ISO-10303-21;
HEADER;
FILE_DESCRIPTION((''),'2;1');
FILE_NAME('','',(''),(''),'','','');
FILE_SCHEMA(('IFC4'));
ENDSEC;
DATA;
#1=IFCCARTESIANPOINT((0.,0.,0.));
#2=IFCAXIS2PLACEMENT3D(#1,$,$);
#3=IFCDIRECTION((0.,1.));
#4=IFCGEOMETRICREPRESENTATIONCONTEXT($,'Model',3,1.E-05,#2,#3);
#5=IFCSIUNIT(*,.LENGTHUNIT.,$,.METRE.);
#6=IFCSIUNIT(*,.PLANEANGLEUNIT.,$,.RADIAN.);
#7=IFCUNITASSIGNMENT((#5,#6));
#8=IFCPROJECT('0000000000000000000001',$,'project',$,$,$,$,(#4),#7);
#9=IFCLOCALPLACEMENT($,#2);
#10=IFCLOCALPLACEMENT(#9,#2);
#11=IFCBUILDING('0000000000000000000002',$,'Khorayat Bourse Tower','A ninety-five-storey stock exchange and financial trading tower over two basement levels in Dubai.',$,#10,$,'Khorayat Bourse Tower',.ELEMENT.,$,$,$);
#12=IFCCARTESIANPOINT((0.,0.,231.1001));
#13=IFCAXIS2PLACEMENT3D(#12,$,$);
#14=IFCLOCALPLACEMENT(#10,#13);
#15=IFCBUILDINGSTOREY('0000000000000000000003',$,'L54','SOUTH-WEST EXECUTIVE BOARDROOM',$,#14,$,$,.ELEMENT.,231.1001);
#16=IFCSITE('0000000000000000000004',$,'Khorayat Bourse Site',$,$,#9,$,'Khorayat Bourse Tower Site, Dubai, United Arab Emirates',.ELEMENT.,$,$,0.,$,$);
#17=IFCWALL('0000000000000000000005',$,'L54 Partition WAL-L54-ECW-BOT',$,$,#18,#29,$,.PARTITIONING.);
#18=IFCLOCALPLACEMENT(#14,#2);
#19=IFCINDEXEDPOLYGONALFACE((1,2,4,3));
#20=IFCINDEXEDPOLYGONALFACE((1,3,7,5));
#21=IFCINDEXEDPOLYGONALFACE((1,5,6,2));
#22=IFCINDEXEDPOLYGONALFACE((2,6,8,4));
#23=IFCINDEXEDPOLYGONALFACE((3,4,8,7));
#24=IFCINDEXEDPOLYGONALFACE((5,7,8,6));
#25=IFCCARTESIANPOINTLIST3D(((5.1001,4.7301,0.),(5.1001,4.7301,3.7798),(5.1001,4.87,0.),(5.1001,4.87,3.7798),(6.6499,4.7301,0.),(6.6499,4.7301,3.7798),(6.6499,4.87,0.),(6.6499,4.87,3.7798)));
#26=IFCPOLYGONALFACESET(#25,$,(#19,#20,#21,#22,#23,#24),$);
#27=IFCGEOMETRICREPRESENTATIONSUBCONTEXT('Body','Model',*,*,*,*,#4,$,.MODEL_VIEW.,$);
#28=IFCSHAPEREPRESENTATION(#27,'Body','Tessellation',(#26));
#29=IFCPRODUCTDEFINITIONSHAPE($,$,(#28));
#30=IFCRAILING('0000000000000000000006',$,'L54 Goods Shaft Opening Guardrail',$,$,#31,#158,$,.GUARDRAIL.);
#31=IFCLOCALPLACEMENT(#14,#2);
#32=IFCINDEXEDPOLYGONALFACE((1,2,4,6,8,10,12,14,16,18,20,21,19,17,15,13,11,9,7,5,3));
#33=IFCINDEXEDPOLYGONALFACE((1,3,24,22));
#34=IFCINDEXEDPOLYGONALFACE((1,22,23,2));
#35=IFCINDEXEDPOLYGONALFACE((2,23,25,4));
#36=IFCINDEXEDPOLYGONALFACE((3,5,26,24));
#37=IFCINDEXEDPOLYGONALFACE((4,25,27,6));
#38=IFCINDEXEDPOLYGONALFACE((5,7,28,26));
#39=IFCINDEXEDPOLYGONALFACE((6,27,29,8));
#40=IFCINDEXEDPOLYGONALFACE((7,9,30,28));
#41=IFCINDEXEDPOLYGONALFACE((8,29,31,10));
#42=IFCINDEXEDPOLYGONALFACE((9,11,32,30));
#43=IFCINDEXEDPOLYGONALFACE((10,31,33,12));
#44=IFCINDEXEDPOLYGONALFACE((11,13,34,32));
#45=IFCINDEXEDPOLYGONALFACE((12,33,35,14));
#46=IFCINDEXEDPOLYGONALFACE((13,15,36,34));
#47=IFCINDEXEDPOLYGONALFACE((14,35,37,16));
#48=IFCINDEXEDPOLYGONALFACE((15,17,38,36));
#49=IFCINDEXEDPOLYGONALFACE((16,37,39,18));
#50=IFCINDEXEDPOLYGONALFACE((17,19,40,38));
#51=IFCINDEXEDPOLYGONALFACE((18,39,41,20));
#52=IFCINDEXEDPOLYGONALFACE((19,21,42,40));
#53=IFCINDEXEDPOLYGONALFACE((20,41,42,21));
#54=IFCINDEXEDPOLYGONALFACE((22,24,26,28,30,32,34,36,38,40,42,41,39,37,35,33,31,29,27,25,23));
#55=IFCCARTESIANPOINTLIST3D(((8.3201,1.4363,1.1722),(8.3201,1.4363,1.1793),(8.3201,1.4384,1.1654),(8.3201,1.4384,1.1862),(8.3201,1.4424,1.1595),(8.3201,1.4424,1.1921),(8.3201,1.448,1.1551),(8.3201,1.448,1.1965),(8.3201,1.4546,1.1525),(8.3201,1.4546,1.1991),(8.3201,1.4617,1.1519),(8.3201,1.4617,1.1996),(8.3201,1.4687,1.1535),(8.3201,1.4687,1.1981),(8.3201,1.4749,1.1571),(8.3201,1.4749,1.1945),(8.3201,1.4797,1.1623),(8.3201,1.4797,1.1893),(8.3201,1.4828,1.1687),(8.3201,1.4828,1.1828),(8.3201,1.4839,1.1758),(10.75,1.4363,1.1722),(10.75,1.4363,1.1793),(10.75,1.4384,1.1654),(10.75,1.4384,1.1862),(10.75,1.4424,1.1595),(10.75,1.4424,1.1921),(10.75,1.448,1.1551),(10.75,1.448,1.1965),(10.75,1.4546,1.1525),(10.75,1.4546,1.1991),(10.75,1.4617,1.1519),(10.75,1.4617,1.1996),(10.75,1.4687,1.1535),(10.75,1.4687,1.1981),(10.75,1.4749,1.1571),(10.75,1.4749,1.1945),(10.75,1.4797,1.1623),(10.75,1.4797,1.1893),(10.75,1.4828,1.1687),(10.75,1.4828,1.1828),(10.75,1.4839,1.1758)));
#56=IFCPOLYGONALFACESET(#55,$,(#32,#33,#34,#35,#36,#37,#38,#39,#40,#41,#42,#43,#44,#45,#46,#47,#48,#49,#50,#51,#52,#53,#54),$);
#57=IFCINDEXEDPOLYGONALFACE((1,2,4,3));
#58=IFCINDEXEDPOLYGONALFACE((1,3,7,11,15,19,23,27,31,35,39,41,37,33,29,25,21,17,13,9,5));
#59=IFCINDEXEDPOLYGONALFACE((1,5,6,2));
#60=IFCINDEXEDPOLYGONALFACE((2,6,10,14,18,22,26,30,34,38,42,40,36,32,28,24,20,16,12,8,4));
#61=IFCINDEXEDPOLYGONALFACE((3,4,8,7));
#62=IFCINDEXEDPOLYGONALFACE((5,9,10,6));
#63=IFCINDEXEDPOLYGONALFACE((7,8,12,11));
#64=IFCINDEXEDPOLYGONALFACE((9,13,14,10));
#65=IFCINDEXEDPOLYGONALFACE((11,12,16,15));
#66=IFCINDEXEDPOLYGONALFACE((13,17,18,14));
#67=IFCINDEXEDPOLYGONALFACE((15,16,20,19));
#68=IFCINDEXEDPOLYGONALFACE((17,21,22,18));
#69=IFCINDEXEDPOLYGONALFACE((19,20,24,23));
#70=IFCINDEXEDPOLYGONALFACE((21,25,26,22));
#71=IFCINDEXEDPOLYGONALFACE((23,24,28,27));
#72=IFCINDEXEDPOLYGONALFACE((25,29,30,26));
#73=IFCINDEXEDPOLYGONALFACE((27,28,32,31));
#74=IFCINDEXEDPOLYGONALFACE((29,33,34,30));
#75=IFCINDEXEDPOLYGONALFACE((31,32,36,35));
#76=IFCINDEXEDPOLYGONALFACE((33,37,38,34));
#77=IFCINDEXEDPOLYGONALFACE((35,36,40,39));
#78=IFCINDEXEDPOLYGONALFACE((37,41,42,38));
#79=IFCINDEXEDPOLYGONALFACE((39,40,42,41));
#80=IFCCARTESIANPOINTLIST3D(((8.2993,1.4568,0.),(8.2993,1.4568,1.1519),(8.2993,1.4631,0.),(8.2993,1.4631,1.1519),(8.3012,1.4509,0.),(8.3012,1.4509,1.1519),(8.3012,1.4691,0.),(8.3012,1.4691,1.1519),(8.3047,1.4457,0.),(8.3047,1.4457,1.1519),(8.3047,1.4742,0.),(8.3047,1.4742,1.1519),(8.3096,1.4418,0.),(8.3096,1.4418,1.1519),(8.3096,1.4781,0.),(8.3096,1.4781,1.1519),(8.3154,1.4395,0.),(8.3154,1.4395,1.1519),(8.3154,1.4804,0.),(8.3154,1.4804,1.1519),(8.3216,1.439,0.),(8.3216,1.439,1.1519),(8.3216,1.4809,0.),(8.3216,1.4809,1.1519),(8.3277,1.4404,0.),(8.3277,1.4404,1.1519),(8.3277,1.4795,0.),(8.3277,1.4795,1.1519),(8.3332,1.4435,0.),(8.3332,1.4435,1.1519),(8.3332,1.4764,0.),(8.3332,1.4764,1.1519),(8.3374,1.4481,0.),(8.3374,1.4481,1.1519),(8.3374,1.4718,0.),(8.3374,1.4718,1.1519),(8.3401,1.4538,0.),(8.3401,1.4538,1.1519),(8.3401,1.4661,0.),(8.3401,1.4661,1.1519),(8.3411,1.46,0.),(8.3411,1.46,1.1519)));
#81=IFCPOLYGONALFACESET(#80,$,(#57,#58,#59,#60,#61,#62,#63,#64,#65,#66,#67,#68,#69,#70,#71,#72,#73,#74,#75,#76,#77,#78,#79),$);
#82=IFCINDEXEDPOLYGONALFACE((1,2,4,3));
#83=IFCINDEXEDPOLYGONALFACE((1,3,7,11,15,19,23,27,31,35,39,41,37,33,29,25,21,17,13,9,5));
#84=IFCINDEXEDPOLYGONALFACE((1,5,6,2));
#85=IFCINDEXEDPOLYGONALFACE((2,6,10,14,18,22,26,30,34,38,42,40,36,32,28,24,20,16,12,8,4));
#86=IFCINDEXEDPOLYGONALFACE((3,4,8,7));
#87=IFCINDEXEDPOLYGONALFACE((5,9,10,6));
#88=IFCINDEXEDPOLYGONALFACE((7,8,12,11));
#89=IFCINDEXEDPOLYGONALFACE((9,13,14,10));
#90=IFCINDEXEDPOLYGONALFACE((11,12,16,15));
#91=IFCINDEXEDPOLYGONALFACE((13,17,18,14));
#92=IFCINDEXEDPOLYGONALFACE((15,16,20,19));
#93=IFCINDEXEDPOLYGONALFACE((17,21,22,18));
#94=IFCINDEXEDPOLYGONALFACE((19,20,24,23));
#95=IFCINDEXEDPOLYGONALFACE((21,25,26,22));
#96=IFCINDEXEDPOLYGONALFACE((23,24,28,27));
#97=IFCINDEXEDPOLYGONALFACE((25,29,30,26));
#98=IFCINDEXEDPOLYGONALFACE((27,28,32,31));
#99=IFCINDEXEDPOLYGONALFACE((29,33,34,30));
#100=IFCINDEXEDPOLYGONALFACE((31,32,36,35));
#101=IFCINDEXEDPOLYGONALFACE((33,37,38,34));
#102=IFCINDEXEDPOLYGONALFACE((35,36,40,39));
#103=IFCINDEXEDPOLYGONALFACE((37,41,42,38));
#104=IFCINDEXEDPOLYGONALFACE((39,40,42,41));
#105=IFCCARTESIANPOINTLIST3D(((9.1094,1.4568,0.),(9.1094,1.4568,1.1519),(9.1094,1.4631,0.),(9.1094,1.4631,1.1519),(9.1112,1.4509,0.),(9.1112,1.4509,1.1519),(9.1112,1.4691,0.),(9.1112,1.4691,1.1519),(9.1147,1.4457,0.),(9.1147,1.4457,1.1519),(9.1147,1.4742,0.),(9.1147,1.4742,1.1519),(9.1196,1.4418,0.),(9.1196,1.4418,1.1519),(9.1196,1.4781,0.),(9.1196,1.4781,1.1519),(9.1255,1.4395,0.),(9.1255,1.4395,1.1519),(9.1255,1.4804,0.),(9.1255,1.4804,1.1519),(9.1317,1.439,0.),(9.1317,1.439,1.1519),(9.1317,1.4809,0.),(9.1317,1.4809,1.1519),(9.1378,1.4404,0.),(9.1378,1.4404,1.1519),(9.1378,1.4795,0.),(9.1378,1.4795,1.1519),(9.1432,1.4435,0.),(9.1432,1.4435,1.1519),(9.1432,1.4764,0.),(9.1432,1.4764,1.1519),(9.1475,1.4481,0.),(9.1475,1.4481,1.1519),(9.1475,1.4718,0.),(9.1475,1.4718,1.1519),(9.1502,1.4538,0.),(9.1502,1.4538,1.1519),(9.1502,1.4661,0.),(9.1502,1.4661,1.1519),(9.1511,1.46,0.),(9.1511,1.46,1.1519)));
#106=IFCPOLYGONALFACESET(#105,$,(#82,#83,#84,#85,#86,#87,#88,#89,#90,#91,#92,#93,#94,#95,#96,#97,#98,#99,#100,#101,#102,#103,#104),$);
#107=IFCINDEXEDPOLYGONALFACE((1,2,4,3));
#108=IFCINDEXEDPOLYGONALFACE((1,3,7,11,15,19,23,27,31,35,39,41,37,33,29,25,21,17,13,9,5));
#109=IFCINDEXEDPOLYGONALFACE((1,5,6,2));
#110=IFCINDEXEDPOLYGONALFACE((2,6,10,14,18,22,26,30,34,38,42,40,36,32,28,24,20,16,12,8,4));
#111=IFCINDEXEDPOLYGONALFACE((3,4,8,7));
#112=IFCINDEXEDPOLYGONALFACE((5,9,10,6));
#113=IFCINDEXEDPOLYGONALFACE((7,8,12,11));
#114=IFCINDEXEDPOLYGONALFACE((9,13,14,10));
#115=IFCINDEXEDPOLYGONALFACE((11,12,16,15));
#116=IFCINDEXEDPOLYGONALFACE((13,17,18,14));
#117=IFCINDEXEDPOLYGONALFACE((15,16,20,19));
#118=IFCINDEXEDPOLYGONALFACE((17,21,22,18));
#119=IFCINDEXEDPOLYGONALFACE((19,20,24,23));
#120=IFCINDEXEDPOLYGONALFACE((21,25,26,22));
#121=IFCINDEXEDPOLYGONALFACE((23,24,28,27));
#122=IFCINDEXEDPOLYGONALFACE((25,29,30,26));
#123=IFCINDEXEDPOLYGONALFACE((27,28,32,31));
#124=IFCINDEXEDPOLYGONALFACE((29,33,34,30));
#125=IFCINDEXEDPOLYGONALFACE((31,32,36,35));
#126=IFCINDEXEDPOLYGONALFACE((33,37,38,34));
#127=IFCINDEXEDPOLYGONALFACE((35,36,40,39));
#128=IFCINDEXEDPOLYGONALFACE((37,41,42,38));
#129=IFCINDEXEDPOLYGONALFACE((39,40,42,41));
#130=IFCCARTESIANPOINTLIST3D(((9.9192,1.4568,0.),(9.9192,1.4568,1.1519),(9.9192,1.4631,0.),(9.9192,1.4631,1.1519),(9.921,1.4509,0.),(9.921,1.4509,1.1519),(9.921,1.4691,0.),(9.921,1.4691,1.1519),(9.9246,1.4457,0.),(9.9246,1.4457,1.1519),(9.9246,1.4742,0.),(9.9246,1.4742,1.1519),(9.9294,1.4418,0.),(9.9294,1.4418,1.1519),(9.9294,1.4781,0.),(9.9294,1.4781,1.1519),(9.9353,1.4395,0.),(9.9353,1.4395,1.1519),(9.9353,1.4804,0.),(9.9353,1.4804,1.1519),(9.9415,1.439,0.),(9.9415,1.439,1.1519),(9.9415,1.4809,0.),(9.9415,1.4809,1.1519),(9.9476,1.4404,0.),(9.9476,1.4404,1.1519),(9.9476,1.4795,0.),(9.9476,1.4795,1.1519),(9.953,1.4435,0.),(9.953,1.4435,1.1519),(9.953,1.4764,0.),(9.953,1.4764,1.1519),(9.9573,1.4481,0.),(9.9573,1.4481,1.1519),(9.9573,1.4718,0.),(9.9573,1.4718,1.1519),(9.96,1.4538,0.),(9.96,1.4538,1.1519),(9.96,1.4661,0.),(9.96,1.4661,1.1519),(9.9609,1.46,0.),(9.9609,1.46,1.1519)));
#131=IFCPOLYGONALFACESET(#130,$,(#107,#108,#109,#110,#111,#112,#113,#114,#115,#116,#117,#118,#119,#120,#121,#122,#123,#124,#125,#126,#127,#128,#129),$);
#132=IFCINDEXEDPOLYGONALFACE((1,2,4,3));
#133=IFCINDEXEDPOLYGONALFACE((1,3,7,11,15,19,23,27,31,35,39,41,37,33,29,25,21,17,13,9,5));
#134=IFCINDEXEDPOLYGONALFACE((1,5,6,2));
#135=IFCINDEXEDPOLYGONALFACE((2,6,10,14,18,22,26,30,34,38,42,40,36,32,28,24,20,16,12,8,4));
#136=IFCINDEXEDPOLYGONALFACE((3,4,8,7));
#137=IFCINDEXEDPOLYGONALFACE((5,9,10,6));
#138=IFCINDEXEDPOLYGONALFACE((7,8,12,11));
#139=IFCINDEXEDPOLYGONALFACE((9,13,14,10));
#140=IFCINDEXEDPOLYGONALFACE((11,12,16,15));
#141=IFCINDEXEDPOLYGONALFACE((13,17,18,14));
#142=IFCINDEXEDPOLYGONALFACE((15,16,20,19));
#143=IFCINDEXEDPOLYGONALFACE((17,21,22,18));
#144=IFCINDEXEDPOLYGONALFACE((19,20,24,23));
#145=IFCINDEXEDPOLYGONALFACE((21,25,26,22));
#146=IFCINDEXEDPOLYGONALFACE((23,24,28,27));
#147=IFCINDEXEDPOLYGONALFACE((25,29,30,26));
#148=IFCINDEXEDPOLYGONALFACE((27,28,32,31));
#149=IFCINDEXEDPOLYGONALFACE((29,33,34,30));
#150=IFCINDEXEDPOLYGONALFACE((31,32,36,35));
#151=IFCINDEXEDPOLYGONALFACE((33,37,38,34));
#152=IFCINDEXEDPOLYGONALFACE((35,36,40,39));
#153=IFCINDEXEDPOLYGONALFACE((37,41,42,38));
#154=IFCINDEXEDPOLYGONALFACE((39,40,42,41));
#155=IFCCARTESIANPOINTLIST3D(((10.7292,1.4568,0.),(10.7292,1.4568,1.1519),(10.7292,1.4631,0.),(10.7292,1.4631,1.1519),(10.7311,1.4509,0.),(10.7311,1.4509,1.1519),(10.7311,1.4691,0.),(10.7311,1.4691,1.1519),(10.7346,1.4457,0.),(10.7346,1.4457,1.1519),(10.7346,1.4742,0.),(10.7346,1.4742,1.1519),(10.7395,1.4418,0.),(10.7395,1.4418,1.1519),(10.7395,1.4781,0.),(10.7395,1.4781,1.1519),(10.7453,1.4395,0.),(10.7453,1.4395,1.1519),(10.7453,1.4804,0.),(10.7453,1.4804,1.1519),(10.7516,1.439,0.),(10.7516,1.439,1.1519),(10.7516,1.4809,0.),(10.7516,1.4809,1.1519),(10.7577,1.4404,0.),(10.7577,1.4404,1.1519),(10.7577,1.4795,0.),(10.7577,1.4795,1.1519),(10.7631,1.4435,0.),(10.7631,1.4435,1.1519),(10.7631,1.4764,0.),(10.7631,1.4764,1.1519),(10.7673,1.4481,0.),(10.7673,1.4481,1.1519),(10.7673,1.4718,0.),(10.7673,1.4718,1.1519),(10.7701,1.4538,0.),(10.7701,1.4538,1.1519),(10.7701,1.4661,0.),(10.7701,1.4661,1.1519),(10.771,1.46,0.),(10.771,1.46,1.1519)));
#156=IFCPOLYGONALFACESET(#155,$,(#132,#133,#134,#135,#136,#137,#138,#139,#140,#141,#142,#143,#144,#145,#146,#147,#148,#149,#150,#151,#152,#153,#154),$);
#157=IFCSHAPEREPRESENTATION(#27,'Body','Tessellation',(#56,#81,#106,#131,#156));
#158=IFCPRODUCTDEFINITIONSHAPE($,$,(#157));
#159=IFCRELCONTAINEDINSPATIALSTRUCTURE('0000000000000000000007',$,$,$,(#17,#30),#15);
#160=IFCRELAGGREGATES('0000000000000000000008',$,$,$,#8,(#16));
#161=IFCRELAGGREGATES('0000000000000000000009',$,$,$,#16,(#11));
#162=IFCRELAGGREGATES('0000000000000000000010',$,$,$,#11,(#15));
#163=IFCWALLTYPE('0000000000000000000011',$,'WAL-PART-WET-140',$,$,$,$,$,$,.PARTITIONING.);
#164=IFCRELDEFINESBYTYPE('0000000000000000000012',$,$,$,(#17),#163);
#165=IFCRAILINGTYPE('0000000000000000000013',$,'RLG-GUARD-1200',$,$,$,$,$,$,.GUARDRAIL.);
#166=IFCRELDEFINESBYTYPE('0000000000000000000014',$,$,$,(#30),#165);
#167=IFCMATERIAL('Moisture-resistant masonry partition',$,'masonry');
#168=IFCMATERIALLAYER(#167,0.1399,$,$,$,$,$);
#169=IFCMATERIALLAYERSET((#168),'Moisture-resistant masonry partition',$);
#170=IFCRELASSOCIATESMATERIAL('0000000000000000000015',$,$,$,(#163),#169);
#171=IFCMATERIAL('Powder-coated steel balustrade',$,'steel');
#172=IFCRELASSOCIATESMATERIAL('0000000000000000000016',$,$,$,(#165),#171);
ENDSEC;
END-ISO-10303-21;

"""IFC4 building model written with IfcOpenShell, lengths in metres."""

from ifc_helpers import new_model, si_unit, direction, frame, frame_2d, origin, origin_2d, place, context, subcontext, project, spatial, rectangle, circle, extrude, source, transform, mapped, material, layer, layer_set, type_object, element, save


model = new_model("IFC4")

# Units and contexts
model_context = context("Model", 3, precision=1e-05, world=origin(), true_north=direction((0.0, 1.0)))
body_context = subcontext(model_context, "Body", "Model", "MODEL_VIEW")
ifc_project = project(units=[si_unit("LENGTHUNIT", "METRE"), si_unit("PLANEANGLEUNIT", "RADIAN")], contexts=[model_context])

# Site, building, storey
site_placement = place(None, origin())
site = spatial("IfcSite", under=ifc_project, at=site_placement, Name="Khorayat Bourse Site", LongName="Khorayat Bourse Tower Site, Dubai, United Arab Emirates", CompositionType="ELEMENT", RefElevation=0.0)
building_placement = place(site_placement, origin())
building = spatial("IfcBuilding", under=site, at=building_placement, Name="Khorayat Bourse Tower", Description="A ninety-five-storey stock exchange and financial trading tower over two basement levels in Dubai.", LongName="Khorayat Bourse Tower", CompositionType="ELEMENT")
storey_placement = place(building_placement, frame((0.0, 0.0, 231.1001)))
storey = spatial("IfcBuildingStorey", under=building, at=storey_placement, Name="L54", Description="SOUTH-WEST EXECUTIVE BOARDROOM", CompositionType="ELEMENT", Elevation=231.1001)

# Shared definitions
ifc_material_1 = material(Name="Moisture-resistant masonry partition", Category="masonry")
ifc_layer_1 = layer(ifc_material_1, 0.1399)
ifc_layer_set_1 = layer_set([ifc_layer_1], Name="Moisture-resistant masonry partition")
wall_type_1 = type_object("IfcWallType", Name="WAL-PART-WET-140", PredefinedType="PARTITIONING", material=ifc_layer_set_1)

# Wall
shared_shape_1 = source(origin(), body_context, "Body", "SweptSolid", [
    extrude(rectangle(XDim=1.5498, YDim=0.1399, at=frame_2d((0.7749, 0.0))), origin(), (0.0, 0.0, 1.0), 3.7798),
])
wall_1_placement = place(storey_placement, frame((5.1001, 4.8, 0.0), z_axis=(0.0, 0.0, 1.0), x_axis=(1.0, 0.0, 0.0)))
element("IfcWall", 1, at=wall_1_placement, inside=storey, type_object=wall_type_1, Name="L54 Partition WAL-L54-ECW-BOT", PredefinedType="PARTITIONING", context=body_context, shape_type="MappedRepresentation", body=[
    mapped(shared_shape_1, transform((0.0, 0.0, 0.0), scale=1.0)),
])

# Railing
ifc_material_2 = material(Name="Powder-coated steel balustrade", Category="steel")
railing_type = type_object("IfcRailingType", Name="RLG-GUARD-1200", PredefinedType="GUARDRAIL", material=ifc_material_2)
shared_shape_2 = source(origin(), body_context, "Body", "SweptSolid", [
    extrude(circle(Radius=0.0239, at=origin_2d()), frame((0.0, 0.0, 1.1758), z_axis=(1.0, 0.0, 0.0), x_axis=(0.0, 1.0, 0.0)), (0.0, 0.0, 1.0), 2.4299),
    extrude(circle(Radius=0.021, at=origin_2d()), origin(), (0.0, 0.0, 1.0), 1.1519),
    extrude(circle(Radius=0.021, at=origin_2d()), frame((0.8101, 0.0, 0.0)), (0.0, 0.0, 1.0), 1.1519),
    extrude(circle(Radius=0.021, at=origin_2d()), frame((1.6199, 0.0, 0.0)), (0.0, 0.0, 1.0), 1.1519),
    extrude(circle(Radius=0.021, at=origin_2d()), frame((2.4299, 0.0, 0.0)), (0.0, 0.0, 1.0), 1.1519),
])
railing_placement = place(storey_placement, frame((8.3201, 1.46, 0.0)))
element("IfcRailing", 2, at=railing_placement, inside=storey, type_object=railing_type, Name="L54 Goods Shaft Opening Guardrail", PredefinedType="GUARDRAIL", context=body_context, shape_type="MappedRepresentation", body=[
    mapped(shared_shape_2, transform((0.0, 0.0, 0.0), scale=1.0)),
])

save(model, "model.ifc")
